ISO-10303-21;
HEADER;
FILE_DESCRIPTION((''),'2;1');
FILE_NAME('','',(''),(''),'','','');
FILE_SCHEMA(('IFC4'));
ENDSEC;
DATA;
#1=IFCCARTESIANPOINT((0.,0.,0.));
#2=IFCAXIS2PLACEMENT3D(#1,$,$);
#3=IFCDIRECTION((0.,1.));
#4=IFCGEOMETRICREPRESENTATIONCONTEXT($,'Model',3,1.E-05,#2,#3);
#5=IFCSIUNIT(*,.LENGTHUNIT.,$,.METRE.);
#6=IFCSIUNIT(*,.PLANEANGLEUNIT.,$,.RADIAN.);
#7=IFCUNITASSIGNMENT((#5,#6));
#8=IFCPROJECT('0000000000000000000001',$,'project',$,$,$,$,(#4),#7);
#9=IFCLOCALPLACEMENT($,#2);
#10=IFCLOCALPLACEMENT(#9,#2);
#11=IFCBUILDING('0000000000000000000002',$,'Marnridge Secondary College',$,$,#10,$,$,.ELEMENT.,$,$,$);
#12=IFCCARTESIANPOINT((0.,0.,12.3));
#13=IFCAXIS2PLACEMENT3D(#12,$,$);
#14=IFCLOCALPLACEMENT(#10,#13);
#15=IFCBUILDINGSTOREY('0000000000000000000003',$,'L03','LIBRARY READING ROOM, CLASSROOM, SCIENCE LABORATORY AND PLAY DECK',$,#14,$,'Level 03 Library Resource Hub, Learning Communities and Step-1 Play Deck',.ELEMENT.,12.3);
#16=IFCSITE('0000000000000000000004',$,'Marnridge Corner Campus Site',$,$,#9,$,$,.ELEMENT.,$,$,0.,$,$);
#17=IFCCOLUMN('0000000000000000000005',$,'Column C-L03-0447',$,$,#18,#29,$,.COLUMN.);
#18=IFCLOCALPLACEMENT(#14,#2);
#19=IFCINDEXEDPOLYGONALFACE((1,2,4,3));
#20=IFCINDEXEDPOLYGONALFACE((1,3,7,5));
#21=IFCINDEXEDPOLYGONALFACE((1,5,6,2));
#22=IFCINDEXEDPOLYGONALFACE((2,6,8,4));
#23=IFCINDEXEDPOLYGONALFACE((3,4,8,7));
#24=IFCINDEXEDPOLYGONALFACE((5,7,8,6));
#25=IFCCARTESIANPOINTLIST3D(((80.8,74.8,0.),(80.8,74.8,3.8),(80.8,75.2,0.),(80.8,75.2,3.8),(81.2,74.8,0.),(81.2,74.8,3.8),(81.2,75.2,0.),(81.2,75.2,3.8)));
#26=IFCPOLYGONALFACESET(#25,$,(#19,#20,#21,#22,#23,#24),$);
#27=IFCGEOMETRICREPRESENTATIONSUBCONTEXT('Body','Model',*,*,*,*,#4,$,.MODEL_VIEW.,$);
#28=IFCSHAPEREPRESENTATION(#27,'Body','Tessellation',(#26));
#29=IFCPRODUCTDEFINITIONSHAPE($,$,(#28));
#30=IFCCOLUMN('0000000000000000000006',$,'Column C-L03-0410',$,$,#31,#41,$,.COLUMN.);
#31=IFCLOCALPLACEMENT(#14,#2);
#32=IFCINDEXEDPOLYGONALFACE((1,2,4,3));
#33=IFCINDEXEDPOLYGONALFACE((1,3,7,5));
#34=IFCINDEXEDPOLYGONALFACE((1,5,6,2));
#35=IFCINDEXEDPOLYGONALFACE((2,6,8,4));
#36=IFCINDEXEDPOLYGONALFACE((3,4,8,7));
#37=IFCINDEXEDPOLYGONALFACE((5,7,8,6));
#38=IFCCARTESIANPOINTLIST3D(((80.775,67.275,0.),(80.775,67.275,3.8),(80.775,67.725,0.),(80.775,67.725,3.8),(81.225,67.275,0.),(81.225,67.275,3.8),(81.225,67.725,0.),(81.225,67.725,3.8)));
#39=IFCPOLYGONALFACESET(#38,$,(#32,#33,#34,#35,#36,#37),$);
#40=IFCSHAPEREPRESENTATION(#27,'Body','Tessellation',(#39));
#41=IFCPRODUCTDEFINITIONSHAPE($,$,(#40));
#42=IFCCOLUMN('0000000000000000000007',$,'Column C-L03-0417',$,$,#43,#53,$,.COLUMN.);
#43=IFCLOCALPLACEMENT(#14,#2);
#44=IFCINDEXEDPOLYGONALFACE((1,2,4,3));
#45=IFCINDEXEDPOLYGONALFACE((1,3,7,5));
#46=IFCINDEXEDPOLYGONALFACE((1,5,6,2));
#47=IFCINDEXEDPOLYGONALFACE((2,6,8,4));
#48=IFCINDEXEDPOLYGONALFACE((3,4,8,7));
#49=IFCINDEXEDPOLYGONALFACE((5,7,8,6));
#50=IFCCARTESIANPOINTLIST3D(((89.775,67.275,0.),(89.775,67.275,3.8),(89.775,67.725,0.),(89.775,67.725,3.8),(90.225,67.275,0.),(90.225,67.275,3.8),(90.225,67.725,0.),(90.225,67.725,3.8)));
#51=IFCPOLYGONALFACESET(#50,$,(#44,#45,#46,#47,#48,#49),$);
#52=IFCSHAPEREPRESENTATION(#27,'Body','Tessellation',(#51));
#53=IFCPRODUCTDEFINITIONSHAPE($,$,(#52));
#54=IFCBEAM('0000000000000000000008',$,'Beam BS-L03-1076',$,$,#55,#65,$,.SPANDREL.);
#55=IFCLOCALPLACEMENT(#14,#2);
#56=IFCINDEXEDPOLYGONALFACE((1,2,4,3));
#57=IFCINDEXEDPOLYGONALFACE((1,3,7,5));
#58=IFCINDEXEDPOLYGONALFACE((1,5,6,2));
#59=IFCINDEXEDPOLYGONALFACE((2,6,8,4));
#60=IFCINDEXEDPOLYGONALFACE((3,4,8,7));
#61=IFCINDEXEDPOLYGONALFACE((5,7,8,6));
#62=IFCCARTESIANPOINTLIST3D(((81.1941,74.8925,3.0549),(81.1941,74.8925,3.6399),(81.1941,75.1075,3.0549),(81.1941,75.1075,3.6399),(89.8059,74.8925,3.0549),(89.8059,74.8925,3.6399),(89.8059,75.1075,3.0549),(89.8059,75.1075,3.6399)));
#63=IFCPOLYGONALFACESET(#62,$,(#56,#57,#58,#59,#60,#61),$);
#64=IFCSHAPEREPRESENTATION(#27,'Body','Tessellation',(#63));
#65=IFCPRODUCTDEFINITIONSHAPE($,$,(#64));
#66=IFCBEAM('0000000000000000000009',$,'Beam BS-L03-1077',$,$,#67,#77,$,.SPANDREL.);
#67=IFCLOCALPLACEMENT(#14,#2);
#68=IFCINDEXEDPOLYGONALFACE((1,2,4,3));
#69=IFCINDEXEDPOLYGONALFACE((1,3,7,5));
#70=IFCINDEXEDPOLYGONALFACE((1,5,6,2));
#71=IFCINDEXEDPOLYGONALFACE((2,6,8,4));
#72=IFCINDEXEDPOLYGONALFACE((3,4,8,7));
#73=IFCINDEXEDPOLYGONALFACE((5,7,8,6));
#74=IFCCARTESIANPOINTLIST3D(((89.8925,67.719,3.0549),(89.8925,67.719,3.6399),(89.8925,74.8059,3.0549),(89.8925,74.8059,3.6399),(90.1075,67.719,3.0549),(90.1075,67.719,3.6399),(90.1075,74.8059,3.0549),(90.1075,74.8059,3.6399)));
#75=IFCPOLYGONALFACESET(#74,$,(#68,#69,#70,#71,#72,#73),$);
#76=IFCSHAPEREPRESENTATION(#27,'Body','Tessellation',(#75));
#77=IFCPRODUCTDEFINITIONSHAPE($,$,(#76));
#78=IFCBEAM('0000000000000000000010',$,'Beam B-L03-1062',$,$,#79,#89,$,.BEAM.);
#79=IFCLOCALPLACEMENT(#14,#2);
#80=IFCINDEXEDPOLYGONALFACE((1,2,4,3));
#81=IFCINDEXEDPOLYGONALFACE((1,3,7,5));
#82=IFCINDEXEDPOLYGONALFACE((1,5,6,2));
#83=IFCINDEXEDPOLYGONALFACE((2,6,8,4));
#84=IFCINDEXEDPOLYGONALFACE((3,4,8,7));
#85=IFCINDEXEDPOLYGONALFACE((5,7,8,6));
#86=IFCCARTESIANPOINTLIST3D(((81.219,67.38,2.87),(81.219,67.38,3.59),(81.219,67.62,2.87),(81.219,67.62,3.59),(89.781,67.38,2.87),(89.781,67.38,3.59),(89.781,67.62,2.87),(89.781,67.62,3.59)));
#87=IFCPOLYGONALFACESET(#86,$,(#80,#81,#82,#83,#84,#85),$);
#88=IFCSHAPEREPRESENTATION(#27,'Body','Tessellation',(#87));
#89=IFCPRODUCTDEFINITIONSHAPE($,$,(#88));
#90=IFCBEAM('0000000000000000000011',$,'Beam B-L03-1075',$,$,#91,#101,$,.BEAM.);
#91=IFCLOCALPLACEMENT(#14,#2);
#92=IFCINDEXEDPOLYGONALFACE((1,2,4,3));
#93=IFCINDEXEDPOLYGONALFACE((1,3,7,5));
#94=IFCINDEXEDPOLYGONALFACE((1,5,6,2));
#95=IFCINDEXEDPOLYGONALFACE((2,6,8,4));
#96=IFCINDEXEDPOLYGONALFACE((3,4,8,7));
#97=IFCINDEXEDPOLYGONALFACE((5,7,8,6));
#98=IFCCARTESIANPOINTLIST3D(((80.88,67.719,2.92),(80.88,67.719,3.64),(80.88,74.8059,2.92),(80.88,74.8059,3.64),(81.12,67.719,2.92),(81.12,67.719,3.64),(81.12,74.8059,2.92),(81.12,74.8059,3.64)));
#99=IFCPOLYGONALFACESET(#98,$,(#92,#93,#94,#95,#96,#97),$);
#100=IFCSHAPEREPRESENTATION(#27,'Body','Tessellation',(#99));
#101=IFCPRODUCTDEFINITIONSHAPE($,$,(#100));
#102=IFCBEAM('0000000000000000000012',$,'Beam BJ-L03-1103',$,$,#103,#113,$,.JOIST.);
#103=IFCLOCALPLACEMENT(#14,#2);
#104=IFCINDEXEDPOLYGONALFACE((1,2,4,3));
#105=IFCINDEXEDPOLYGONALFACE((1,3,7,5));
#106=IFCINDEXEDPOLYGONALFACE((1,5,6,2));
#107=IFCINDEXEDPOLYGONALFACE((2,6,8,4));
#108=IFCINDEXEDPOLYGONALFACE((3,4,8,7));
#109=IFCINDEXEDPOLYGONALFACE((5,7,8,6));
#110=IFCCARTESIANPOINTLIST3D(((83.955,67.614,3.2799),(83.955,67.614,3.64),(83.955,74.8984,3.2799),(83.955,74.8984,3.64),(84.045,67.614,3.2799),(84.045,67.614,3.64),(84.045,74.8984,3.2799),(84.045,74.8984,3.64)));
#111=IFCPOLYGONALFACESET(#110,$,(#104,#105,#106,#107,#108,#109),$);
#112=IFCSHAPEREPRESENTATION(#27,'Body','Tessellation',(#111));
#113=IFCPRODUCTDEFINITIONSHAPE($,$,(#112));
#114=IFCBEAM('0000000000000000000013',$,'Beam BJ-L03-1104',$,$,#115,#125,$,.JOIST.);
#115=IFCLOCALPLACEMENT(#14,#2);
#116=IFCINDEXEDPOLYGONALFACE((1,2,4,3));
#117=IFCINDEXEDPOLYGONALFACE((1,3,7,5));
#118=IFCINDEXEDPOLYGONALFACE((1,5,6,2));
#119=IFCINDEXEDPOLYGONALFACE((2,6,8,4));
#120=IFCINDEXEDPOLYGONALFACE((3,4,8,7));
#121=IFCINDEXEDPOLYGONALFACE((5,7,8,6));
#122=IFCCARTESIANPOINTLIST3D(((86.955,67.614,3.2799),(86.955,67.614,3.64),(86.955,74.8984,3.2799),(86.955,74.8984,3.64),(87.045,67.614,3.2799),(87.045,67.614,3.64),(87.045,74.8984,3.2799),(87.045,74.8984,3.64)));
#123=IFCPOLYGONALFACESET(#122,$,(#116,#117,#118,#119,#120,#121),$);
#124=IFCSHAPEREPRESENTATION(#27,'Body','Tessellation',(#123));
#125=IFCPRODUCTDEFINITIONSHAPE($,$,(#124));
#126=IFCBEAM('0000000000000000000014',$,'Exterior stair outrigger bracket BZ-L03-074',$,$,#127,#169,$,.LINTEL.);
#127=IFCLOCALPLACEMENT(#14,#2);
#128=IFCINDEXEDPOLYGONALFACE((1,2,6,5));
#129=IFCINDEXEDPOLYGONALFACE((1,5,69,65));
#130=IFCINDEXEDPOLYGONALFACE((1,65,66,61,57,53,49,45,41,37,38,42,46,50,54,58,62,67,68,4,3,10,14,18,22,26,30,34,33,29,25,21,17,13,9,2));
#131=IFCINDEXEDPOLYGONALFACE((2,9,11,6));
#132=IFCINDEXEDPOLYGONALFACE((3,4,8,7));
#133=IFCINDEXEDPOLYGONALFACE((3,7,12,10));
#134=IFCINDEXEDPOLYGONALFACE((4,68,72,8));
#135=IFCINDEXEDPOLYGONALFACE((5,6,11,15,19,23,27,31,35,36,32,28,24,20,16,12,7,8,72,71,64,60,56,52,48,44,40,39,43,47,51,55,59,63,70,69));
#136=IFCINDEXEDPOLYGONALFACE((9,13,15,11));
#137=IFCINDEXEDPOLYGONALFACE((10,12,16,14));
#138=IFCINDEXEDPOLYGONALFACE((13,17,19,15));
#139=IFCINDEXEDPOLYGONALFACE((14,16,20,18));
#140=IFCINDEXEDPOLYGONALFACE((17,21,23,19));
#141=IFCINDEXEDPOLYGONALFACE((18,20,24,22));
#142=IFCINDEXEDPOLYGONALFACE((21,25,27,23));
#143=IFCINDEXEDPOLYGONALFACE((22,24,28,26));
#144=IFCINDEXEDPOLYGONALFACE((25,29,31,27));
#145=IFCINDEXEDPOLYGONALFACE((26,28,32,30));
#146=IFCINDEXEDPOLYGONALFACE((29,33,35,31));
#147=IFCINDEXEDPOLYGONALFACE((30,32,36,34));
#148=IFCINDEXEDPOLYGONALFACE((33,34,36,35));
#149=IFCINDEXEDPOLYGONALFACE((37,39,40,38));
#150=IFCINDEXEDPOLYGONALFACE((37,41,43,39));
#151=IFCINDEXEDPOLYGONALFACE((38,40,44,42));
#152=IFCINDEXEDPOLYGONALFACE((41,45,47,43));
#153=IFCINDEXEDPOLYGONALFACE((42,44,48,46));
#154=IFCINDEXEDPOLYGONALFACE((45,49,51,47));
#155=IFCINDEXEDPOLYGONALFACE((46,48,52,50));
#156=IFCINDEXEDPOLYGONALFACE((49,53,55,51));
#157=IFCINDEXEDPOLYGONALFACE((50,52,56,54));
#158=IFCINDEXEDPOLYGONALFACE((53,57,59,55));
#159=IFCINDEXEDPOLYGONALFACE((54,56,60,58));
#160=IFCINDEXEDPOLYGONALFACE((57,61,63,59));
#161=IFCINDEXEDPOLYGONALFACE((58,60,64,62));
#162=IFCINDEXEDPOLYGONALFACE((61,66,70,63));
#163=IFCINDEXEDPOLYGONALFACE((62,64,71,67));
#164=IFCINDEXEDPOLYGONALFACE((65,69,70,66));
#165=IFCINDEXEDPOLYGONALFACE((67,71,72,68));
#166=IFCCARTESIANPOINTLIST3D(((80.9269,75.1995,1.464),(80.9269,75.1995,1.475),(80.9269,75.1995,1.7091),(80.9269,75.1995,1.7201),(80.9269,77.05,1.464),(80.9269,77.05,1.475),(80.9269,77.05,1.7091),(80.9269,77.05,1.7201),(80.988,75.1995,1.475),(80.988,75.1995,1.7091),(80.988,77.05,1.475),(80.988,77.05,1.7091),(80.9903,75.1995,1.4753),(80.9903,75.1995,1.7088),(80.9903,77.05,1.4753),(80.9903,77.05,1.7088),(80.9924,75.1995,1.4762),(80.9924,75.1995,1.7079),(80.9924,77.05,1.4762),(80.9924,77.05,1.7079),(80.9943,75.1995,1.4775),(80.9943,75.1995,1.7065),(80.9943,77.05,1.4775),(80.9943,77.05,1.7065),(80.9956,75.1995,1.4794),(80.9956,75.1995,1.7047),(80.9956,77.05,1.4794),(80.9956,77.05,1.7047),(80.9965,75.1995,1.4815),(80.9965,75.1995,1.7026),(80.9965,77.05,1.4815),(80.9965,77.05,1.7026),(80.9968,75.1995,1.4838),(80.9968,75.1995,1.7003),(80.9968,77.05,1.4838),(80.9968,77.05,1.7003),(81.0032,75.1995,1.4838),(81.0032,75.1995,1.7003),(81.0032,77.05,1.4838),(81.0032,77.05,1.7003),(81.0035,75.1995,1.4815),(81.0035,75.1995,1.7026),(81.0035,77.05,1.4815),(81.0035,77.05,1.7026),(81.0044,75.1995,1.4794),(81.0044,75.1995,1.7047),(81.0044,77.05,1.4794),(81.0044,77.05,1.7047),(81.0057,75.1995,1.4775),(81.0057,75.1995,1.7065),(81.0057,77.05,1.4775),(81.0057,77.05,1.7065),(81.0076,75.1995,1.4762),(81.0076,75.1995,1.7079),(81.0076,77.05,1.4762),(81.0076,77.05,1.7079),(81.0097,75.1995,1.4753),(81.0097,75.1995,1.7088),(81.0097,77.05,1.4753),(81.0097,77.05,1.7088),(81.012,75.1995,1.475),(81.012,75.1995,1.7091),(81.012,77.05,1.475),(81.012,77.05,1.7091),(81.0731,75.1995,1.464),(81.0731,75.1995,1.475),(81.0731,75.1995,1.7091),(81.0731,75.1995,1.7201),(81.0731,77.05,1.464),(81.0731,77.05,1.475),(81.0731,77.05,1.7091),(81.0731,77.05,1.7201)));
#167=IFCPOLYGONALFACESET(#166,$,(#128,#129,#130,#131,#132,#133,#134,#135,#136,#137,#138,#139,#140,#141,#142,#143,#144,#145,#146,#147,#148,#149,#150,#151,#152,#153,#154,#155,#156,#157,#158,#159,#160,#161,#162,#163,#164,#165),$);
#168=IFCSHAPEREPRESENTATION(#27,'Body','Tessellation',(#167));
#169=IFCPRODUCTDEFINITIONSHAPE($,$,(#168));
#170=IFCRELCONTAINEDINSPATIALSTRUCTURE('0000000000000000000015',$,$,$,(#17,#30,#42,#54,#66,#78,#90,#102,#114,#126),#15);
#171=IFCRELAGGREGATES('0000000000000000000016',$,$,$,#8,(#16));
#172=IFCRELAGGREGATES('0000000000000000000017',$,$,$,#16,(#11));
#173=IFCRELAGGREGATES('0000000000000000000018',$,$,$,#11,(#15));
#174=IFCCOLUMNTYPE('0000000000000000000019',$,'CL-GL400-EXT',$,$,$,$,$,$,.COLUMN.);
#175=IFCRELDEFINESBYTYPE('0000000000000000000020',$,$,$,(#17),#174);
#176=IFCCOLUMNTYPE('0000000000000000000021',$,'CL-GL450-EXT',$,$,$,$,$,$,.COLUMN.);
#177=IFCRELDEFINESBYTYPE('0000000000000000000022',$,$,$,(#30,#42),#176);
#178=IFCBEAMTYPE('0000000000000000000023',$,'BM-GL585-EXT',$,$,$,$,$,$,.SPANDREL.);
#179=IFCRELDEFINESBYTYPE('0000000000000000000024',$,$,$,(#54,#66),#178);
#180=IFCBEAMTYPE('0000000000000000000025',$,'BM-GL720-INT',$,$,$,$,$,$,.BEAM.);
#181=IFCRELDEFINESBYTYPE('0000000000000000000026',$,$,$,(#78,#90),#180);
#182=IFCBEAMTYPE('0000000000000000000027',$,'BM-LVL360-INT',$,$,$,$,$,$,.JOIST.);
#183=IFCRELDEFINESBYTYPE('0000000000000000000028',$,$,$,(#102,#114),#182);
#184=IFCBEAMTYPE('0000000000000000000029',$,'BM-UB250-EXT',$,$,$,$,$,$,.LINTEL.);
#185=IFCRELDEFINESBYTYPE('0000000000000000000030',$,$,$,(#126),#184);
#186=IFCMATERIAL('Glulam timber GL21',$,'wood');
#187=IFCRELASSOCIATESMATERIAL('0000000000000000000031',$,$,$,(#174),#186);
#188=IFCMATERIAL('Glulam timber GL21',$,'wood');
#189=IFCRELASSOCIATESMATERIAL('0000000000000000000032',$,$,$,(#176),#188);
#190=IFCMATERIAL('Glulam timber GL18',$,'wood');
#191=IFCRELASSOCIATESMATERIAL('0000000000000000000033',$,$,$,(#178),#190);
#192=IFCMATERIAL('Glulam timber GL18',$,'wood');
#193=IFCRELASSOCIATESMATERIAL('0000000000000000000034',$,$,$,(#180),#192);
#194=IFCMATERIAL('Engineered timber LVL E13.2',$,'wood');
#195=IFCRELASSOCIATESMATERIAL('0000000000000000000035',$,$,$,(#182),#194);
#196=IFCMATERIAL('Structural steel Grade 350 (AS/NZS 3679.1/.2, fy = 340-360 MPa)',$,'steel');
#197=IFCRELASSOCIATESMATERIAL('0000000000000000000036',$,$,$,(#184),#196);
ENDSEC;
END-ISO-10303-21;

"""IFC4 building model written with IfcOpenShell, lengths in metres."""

from ifc_helpers import new_model, si_unit, direction, frame, origin, origin_2d, place, context, subcontext, project, spatial, rectangle, i_section, extrude, material, material_profile, profile_set, type_object, element, save


model = new_model("IFC4")

# Units and contexts
model_context = context("Model", 3, precision=1e-05, world=origin(), true_north=direction((0.0, 1.0)))
body_context = subcontext(model_context, "Body", "Model", "MODEL_VIEW")
ifc_project = project(units=[si_unit("LENGTHUNIT", "METRE"), si_unit("PLANEANGLEUNIT", "RADIAN")], contexts=[model_context])

# Site, building, storey
site_placement = place(None, origin())
site = spatial("IfcSite", under=ifc_project, at=site_placement, Name="Marnridge Corner Campus Site", CompositionType="ELEMENT", RefElevation=0.0)
building_placement = place(site_placement, origin())
building = spatial("IfcBuilding", under=site, at=building_placement, Name="Marnridge Secondary College", CompositionType="ELEMENT")
storey_placement = place(building_placement, frame((0.0, 0.0, 12.3)))
storey = spatial("IfcBuildingStorey", under=building, at=storey_placement, Name="L03", Description="LIBRARY READING ROOM, CLASSROOM, SCIENCE LABORATORY AND PLAY DECK", LongName="Level 03 Library Resource Hub, Learning Communities and Step-1 Play Deck", CompositionType="ELEMENT", Elevation=12.3)

# Columns
ifc_material_1 = material(Name="Glulam timber GL21", Category="wood")
ifc_material_profile_1 = material_profile(ifc_material_1, rectangle(XDim=0.3999, YDim=0.3999, at=origin_2d()), Name="GL21 400x400")
ifc_profile_set_1 = profile_set([ifc_material_profile_1], Name="Glulam timber GL21")
column_type_1 = type_object("IfcColumnType", Name="CL-GL400-EXT", PredefinedType="COLUMN", material=ifc_profile_set_1)
column_placement = place(storey_placement, frame((81.0, 75.0, 0.0), z_axis=(0.0, 0.0, 1.0), x_axis=(1.0, 0.0, 0.0)))
element("IfcColumn", 1, at=column_placement, inside=storey, type_object=column_type_1, Name="Column C-L03-0447", PredefinedType="COLUMN", context=body_context, shape_type="SweptSolid", body=[
    extrude(rectangle(XDim=0.3999, YDim=0.3999, at=origin_2d()), origin(), (0.0, 0.0, 1.0), 3.8),
])
ifc_material_2 = material(Name="Glulam timber GL21", Category="wood")
ifc_material_profile_2 = material_profile(ifc_material_2, rectangle(XDim=0.45, YDim=0.45, at=origin_2d()), Name="GL21 450x450")
ifc_profile_set_2 = profile_set([ifc_material_profile_2], Name="Glulam timber GL21")
column_type_2 = type_object("IfcColumnType", Name="CL-GL450-EXT", PredefinedType="COLUMN", material=ifc_profile_set_2)
for number, where, z_axis, x_axis, name in (
    (2, (81.0, 67.5, 0.0), (0.0, 0.0, 1.0), (1.0, 0.0, 0.0), "Column C-L03-0410"),
    (3, (90.0, 67.5, 0.0), (0.0, 0.0, 1.0), (1.0, 0.0, 0.0), "Column C-L03-0417"),
):
    element("IfcColumn", number, at=place(storey_placement, frame(where, z_axis=z_axis, x_axis=x_axis)), inside=storey, type_object=column_type_2, Name=name, PredefinedType="COLUMN", context=body_context, shape_type="SweptSolid", body=[
        extrude(rectangle(XDim=0.45, YDim=0.45, at=origin_2d()), origin(), (0.0, 0.0, 1.0), 3.8),
    ])

# Beams
ifc_material_3 = material(Name="Glulam timber GL18", Category="wood")
ifc_material_profile_3 = material_profile(ifc_material_3, rectangle(XDim=0.2151, YDim=0.585, at=origin_2d()), Name="GL18 215x585")
ifc_profile_set_3 = profile_set([ifc_material_profile_3], Name="Glulam timber GL18")
beam_type_1 = type_object("IfcBeamType", Name="BM-GL585-EXT", PredefinedType="SPANDREL", material=ifc_profile_set_3)
beam_1_placement = place(storey_placement, frame((81.1941, 75.0, 3.3474), z_axis=(1.0, 0.0, 0.0), x_axis=(0.0, 1.0, 0.0)))
element("IfcBeam", 4, at=beam_1_placement, inside=storey, type_object=beam_type_1, Name="Beam BS-L03-1076", PredefinedType="SPANDREL", context=body_context, shape_type="SweptSolid", body=[
    extrude(rectangle(XDim=0.2151, YDim=0.585, at=origin_2d()), origin(), (0.0, 0.0, 1.0), 8.6118),
])
beam_2_placement = place(storey_placement, frame((90.0, 67.719, 3.3474), z_axis=(0.0, 1.0, 0.0), x_axis=(-1.0, 0.0, 0.0)))
element("IfcBeam", 5, at=beam_2_placement, inside=storey, type_object=beam_type_1, Name="Beam BS-L03-1077", PredefinedType="SPANDREL", context=body_context, shape_type="SweptSolid", body=[
    extrude(rectangle(XDim=0.2151, YDim=0.585, at=origin_2d()), origin(), (0.0, 0.0, 1.0), 7.0869),
])
ifc_material_4 = material(Name="Glulam timber GL18", Category="wood")
ifc_material_profile_4 = material_profile(ifc_material_4, rectangle(XDim=0.24, YDim=0.72, at=origin_2d()), Name="GL18 240x720")
ifc_profile_set_4 = profile_set([ifc_material_profile_4], Name="Glulam timber GL18")
beam_type_2 = type_object("IfcBeamType", Name="BM-GL720-INT", PredefinedType="BEAM", material=ifc_profile_set_4)
beam_3_placement = place(storey_placement, frame((81.219, 67.5, 3.23), z_axis=(1.0, 0.0, 0.0), x_axis=(0.0, 1.0, 0.0)))
element("IfcBeam", 6, at=beam_3_placement, inside=storey, type_object=beam_type_2, Name="Beam B-L03-1062", PredefinedType="BEAM", context=body_context, shape_type="SweptSolid", body=[
    extrude(rectangle(XDim=0.24, YDim=0.72, at=origin_2d()), origin(), (0.0, 0.0, 1.0), 8.562),
])
beam_4_placement = place(storey_placement, frame((81.0, 67.719, 3.28), z_axis=(0.0, 1.0, 0.0), x_axis=(-1.0, 0.0, 0.0)))
element("IfcBeam", 7, at=beam_4_placement, inside=storey, type_object=beam_type_2, Name="Beam B-L03-1075", PredefinedType="BEAM", context=body_context, shape_type="SweptSolid", body=[
    extrude(rectangle(XDim=0.24, YDim=0.72, at=origin_2d()), origin(), (0.0, 0.0, 1.0), 7.0869),
])
ifc_material_5 = material(Name="Engineered timber LVL E13.2", Category="wood")
ifc_material_profile_5 = material_profile(ifc_material_5, rectangle(XDim=0.0901, YDim=0.3601, at=origin_2d()), Name="LVL 90x360")
ifc_profile_set_5 = profile_set([ifc_material_profile_5], Name="Engineered timber LVL E13.2")
beam_type_3 = type_object("IfcBeamType", Name="BM-LVL360-INT", PredefinedType="JOIST", material=ifc_profile_set_5)
for number, where, z_axis, x_axis, name in (
    (8, (84.0, 67.614, 3.46), (0.0, 1.0, 0.0), (-1.0, 0.0, 0.0), "Beam BJ-L03-1103"),
    (9, (87.0, 67.614, 3.46), (0.0, 1.0, 0.0), (-1.0, 0.0, 0.0), "Beam BJ-L03-1104"),
):
    element("IfcBeam", number, at=place(storey_placement, frame(where, z_axis=z_axis, x_axis=x_axis)), inside=storey, type_object=beam_type_3, Name=name, PredefinedType="JOIST", context=body_context, shape_type="SweptSolid", body=[
        extrude(rectangle(XDim=0.0901, YDim=0.3601, at=origin_2d()), origin(), (0.0, 0.0, 1.0), 7.2844),
    ])
ifc_material_6 = material(Name="Structural steel Grade 350 (AS/NZS 3679.1/.2, fy = 340-360 MPa)", Category="steel")
ifc_material_profile_6 = material_profile(ifc_material_6, i_section(OverallWidth=0.1462, OverallDepth=0.2561, WebThickness=0.0063, FlangeThickness=0.011, FilletRadius=0.0088, at=origin_2d()), Name="250UB37.3")
ifc_profile_set_6 = profile_set([ifc_material_profile_6], Name="Structural steel Grade 350 (AS/NZS 3679.1/.2, fy = 340-360 MPa)")
beam_type_4 = type_object("IfcBeamType", Name="BM-UB250-EXT", PredefinedType="LINTEL", material=ifc_profile_set_6)
beam_5_placement = place(storey_placement, frame((81.0, 75.1995, 1.592), z_axis=(0.0, 1.0, 0.0), x_axis=(-1.0, 0.0, 0.0)))
element("IfcBeam", 10, at=beam_5_placement, inside=storey, type_object=beam_type_4, Name="Exterior stair outrigger bracket BZ-L03-074", PredefinedType="LINTEL", context=body_context, shape_type="SweptSolid", body=[
    extrude(i_section(OverallWidth=0.1462, OverallDepth=0.2561, WebThickness=0.0063, FlangeThickness=0.011, FilletRadius=0.0088, at=origin_2d()), origin(), (0.0, 0.0, 1.0), 1.8506),
])

save(model, "model.ifc")
